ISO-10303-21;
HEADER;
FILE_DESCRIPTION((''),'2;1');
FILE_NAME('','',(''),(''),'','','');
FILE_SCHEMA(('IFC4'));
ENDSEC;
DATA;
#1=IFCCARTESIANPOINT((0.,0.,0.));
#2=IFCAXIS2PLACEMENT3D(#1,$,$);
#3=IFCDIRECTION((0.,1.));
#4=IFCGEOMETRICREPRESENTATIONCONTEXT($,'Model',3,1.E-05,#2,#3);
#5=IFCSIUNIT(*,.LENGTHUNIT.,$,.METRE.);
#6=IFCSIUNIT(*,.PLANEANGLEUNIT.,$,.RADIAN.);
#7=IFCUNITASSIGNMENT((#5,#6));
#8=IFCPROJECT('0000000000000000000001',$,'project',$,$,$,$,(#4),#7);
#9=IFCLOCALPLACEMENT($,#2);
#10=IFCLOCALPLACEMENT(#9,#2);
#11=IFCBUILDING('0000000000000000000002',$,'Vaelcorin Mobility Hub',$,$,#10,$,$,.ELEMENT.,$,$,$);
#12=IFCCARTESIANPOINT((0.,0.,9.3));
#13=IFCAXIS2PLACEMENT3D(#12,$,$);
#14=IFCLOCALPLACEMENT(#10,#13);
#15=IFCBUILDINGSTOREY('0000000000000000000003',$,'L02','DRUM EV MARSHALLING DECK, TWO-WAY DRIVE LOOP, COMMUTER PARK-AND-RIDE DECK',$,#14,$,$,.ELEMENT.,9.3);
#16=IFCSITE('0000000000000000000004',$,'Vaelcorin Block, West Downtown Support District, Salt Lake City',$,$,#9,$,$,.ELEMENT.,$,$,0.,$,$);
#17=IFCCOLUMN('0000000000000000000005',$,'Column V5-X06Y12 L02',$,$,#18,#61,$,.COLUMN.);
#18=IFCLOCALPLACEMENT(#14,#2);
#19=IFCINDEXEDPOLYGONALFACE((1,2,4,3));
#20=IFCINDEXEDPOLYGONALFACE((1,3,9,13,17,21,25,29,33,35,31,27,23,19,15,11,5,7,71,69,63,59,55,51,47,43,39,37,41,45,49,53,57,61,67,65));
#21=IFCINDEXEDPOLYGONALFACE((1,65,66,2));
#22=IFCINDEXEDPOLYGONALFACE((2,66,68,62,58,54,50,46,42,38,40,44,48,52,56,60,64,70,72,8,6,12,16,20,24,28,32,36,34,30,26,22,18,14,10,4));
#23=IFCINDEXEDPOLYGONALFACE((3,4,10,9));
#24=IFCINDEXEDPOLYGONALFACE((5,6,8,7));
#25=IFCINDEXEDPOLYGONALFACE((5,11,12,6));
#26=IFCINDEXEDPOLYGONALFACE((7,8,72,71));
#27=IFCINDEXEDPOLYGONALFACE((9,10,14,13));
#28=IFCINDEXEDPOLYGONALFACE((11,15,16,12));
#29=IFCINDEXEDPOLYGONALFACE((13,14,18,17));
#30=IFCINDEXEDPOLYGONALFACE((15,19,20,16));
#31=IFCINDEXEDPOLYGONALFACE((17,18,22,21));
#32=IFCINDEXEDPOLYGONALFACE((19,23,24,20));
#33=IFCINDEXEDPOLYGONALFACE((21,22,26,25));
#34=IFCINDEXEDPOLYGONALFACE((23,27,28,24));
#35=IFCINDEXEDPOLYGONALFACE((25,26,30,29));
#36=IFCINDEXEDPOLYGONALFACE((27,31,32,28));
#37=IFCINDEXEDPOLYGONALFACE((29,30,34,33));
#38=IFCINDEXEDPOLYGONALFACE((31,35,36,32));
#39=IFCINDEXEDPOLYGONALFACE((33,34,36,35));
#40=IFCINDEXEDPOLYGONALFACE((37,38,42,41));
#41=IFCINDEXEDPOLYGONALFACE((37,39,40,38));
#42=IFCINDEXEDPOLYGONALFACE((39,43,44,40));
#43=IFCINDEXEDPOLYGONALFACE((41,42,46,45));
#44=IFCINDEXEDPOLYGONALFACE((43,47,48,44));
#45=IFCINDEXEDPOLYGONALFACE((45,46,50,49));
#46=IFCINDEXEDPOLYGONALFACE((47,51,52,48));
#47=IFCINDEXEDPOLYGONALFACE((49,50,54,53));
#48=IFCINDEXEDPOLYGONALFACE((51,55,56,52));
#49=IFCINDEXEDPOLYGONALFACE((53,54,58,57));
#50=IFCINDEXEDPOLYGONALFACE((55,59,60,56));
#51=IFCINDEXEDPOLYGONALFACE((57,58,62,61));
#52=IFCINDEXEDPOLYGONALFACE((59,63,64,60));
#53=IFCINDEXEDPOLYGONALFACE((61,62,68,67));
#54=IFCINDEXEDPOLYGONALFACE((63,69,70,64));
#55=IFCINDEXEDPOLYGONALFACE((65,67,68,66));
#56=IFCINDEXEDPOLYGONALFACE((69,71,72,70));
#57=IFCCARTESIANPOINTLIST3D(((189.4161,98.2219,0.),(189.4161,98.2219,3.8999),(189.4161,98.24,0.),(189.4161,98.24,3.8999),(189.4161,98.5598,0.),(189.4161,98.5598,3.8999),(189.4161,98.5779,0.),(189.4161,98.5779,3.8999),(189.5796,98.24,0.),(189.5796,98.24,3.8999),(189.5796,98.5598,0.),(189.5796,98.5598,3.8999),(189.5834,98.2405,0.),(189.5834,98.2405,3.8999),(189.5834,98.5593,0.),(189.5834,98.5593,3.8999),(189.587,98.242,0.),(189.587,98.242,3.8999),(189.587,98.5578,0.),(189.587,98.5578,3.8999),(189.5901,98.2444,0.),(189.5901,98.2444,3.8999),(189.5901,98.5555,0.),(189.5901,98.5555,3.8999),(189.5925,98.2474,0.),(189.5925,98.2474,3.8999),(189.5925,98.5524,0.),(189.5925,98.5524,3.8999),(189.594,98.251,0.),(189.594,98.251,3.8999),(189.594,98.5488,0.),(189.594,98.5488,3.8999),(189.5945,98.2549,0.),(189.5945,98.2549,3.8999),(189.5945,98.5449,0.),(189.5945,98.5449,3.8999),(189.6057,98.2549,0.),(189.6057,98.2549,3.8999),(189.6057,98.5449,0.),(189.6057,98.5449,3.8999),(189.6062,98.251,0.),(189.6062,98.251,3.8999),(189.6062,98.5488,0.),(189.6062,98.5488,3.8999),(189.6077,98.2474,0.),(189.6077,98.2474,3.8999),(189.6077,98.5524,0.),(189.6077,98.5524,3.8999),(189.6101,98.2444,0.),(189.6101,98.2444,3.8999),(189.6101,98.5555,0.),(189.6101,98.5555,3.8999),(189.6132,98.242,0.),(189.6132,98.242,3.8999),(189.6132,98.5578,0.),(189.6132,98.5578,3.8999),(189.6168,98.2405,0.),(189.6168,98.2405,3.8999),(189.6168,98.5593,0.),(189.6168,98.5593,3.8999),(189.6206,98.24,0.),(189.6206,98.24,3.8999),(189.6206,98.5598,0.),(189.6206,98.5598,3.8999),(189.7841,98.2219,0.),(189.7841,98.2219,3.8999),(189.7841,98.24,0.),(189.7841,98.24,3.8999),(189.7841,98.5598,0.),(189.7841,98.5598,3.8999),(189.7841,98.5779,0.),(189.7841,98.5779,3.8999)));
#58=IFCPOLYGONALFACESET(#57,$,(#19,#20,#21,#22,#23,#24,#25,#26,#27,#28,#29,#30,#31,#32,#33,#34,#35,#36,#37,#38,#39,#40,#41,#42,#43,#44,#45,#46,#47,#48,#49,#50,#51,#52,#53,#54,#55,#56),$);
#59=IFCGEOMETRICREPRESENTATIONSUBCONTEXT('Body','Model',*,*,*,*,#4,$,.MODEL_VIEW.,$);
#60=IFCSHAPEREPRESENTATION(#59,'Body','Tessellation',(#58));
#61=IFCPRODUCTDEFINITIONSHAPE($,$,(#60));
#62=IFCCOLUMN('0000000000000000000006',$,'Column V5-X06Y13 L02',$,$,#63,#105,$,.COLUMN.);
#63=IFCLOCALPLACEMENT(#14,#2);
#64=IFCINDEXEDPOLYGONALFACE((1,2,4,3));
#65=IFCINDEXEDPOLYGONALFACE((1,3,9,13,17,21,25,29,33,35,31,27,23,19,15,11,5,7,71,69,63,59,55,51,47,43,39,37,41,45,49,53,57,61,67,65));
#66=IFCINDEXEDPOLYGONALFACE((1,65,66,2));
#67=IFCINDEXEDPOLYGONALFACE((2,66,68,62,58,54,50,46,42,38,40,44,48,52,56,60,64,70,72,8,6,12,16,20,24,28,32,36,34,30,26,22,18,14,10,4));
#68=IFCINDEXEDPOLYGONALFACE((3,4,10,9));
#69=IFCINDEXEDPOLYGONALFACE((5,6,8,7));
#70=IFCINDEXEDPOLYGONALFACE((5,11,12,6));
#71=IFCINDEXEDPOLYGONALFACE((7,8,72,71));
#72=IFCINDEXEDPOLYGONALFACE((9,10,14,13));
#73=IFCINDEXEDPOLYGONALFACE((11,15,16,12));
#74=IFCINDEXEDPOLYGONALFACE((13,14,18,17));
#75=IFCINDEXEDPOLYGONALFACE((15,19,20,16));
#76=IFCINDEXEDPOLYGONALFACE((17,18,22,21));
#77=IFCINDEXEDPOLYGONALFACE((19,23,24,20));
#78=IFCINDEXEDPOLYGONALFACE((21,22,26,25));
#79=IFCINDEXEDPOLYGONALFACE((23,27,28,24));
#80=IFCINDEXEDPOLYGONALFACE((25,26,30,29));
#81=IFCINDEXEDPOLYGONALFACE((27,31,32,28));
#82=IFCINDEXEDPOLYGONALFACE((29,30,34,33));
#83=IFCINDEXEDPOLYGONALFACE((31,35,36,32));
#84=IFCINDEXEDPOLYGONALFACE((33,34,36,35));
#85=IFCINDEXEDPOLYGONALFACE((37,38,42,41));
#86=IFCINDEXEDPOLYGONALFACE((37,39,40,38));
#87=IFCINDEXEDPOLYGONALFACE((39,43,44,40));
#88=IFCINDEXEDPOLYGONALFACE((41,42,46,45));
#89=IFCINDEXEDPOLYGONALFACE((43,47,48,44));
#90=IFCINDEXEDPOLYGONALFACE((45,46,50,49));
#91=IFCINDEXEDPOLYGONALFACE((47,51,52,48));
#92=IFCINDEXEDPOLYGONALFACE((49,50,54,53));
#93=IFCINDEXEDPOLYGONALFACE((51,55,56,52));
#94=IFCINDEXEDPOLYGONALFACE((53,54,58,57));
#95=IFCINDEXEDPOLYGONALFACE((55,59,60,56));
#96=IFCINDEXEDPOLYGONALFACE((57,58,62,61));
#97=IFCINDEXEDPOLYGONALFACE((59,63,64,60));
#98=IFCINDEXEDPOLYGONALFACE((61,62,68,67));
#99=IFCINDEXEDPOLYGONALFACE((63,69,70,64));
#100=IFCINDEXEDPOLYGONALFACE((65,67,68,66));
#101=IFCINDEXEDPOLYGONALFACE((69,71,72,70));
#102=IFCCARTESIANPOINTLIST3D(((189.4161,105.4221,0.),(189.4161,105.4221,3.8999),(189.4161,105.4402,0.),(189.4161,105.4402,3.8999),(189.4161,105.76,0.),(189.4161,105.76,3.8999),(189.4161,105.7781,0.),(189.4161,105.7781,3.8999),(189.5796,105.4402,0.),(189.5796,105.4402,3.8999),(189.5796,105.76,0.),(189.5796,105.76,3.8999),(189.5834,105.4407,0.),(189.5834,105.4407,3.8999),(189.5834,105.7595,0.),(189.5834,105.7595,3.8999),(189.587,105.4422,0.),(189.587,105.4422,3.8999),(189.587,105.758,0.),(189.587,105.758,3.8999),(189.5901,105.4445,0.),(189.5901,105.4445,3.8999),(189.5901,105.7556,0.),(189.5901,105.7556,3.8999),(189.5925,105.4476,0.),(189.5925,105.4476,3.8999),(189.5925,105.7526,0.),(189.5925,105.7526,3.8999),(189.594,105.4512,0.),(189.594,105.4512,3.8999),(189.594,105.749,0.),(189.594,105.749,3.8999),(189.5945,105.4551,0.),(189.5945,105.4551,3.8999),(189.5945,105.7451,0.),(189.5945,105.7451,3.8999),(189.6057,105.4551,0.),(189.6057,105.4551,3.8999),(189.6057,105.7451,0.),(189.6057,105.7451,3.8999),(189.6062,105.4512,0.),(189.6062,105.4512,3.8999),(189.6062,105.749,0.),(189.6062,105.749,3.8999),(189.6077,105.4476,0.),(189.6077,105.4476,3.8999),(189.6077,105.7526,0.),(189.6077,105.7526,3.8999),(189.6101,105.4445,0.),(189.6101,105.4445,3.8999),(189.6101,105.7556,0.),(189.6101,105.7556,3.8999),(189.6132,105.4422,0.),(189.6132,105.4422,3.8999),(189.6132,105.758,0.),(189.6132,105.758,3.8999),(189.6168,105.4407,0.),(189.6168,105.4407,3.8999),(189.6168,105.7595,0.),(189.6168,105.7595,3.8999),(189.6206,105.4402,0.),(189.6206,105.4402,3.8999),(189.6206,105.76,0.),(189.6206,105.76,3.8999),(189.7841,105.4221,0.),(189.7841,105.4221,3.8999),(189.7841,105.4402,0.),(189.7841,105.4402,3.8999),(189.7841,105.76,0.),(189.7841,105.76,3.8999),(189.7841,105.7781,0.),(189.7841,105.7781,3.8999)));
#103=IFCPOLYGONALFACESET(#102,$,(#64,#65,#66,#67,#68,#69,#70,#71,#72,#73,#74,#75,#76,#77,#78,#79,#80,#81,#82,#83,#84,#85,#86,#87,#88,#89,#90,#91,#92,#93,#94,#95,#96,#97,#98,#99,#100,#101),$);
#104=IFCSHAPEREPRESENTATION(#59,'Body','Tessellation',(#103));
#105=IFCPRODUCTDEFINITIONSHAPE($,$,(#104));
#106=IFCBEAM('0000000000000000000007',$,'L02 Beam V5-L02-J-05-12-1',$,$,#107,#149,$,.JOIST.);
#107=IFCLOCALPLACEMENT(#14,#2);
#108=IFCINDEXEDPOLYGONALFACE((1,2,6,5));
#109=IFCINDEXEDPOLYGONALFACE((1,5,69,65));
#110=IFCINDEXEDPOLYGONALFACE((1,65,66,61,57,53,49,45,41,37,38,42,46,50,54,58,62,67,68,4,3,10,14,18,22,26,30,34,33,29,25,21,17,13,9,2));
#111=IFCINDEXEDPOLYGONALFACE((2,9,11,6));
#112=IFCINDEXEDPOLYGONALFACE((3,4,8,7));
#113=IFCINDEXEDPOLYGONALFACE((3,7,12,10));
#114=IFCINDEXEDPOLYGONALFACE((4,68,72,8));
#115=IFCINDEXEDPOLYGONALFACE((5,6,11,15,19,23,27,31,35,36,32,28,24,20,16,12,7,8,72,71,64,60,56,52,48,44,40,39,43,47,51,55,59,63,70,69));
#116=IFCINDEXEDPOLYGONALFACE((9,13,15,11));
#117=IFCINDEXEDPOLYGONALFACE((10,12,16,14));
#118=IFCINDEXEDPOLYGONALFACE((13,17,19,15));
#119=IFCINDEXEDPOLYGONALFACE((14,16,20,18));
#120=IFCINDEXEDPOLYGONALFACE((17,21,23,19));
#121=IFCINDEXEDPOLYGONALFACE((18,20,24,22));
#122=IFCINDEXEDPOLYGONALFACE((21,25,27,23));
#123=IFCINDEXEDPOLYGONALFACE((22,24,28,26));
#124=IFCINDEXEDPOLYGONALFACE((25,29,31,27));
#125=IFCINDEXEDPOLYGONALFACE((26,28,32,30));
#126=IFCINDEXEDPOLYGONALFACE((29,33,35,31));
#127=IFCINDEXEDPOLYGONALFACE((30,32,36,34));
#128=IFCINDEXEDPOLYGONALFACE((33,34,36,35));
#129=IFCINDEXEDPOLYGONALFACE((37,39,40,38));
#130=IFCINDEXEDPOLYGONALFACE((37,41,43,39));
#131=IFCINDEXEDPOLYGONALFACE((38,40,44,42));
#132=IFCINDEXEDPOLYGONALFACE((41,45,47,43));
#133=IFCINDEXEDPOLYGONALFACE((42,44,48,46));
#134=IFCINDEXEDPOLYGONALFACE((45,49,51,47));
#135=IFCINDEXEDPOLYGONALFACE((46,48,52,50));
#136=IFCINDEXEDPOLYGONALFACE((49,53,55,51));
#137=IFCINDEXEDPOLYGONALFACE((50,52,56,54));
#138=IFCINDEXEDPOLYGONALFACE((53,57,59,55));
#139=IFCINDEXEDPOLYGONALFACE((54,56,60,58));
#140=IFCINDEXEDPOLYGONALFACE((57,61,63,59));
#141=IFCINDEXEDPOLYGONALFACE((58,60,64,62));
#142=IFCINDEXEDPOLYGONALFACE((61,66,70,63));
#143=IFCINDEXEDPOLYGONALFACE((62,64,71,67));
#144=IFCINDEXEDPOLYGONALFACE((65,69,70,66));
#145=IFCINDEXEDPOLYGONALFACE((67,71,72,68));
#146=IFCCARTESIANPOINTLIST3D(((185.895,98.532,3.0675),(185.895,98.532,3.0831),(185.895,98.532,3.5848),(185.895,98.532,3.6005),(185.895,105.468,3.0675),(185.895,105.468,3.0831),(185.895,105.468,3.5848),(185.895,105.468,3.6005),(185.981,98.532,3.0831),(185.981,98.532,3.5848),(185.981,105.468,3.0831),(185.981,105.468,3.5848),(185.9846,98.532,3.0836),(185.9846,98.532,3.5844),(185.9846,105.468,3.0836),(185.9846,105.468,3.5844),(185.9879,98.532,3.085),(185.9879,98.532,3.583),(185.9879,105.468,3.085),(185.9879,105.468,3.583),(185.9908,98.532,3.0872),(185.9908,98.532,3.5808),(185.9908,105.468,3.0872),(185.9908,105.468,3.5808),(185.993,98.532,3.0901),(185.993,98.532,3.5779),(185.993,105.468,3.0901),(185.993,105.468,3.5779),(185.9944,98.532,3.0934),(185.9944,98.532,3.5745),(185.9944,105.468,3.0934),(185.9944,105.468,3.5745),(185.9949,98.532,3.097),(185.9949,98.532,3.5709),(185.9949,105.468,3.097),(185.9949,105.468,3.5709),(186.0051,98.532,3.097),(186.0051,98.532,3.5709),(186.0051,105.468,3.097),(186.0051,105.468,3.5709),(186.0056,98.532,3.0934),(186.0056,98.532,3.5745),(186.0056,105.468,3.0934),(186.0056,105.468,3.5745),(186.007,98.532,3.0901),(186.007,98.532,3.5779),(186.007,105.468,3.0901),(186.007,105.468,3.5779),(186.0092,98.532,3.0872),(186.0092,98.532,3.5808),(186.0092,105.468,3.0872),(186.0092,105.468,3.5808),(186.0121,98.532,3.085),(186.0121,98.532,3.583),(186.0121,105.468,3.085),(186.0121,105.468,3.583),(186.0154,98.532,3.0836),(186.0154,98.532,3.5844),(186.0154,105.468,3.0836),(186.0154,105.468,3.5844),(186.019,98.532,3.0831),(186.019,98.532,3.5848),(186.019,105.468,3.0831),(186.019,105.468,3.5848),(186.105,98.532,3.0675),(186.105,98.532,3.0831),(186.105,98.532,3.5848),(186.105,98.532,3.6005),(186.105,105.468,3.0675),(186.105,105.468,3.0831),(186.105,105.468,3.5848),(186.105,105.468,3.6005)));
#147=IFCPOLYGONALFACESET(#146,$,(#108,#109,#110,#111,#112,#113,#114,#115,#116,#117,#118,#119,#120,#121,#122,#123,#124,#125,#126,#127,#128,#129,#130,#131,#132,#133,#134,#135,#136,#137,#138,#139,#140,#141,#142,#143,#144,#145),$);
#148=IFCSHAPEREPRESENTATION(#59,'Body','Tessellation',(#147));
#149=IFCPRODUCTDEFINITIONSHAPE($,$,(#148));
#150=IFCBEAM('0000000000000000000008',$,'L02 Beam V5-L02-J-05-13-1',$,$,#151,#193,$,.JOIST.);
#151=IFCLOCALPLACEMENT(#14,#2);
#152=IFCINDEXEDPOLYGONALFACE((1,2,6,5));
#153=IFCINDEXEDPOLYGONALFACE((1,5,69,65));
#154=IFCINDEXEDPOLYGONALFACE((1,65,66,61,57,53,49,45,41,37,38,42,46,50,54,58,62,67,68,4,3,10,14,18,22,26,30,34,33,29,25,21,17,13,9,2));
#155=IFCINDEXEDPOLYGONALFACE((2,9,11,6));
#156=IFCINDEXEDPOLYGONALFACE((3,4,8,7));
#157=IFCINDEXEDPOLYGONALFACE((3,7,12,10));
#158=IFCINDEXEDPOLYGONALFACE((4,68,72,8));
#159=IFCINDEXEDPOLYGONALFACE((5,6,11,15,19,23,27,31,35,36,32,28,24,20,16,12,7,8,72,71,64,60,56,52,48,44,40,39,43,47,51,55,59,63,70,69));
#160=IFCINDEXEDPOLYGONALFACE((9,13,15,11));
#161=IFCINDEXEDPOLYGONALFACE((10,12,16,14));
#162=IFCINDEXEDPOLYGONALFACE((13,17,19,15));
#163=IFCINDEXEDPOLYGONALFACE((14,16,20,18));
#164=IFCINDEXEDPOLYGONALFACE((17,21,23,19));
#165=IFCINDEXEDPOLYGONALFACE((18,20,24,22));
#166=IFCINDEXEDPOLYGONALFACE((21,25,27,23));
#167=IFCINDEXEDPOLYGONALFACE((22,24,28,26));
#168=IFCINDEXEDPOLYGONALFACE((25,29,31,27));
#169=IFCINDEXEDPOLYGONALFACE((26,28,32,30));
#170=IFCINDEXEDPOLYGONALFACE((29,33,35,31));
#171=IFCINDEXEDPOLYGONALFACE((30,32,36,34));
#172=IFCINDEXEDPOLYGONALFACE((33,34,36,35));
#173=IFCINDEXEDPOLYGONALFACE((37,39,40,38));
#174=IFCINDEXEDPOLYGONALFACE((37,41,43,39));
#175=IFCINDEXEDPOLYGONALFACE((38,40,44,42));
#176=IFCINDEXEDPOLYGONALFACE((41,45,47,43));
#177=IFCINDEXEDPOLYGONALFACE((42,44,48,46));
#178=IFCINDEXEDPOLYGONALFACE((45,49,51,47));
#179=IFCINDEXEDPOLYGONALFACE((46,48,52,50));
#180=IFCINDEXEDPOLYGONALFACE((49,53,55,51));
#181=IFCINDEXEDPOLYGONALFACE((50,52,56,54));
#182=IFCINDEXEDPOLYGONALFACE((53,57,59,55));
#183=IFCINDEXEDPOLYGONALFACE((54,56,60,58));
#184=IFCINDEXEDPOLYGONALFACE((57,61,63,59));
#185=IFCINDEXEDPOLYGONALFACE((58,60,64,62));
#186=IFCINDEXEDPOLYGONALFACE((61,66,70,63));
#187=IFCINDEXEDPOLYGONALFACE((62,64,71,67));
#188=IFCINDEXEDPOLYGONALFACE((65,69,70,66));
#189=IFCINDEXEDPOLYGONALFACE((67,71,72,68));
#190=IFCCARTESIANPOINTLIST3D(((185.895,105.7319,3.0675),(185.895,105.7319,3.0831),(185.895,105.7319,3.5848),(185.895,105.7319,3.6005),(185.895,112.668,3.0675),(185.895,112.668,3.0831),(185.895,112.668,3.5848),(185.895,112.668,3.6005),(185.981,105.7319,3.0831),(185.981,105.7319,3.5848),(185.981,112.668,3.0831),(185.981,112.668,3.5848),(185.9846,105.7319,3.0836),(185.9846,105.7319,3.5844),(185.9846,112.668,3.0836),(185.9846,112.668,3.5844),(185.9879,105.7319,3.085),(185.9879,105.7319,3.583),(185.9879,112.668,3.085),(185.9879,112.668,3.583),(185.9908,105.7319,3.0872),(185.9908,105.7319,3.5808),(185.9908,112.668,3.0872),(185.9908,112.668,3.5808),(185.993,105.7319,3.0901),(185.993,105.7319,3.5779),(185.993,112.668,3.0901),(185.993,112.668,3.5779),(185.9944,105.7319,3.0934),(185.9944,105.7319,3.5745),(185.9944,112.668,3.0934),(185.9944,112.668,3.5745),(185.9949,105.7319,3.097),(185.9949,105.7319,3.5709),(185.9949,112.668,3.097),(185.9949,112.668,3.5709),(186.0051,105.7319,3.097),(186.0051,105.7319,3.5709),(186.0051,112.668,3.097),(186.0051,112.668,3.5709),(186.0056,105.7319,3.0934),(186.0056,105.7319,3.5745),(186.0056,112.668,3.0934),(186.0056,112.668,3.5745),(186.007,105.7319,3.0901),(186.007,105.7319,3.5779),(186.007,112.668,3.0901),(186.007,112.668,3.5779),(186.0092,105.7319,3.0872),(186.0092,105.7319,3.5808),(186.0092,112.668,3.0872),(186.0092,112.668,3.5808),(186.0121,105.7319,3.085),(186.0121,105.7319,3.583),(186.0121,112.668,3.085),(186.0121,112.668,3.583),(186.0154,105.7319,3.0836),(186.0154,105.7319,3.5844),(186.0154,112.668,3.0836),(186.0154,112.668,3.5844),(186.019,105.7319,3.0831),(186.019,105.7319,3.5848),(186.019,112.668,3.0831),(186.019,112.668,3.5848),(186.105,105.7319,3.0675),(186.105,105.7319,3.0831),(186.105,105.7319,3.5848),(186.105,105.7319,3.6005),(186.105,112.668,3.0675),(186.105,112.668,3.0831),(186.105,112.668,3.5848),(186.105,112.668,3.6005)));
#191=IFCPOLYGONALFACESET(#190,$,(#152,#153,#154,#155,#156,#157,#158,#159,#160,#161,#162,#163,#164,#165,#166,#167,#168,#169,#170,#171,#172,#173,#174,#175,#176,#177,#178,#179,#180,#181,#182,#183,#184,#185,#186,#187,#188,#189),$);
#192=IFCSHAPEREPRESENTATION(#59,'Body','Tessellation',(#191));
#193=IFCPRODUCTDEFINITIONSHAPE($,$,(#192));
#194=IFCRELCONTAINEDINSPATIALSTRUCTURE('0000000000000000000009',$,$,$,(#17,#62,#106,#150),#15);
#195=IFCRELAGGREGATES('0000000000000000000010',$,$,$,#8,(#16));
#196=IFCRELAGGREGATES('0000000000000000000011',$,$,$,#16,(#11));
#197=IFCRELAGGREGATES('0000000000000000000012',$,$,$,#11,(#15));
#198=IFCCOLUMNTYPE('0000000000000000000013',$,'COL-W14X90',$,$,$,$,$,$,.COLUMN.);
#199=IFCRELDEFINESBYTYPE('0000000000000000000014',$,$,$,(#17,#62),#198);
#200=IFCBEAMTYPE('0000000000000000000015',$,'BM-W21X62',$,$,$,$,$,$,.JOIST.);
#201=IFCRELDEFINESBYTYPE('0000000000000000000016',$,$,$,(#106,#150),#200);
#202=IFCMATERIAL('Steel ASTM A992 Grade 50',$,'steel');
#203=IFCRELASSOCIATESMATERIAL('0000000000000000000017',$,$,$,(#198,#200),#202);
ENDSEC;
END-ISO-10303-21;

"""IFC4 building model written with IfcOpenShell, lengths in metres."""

from ifc_helpers import new_model, si_unit, direction, frame, origin, origin_2d, place, context, subcontext, project, spatial, i_section, extrude, material, material_profile, profile_set, type_object, element, save


model = new_model("IFC4")

# Units and contexts
model_context = context("Model", 3, precision=1e-05, world=origin(), true_north=direction((0.0, 1.0)))
body_context = subcontext(model_context, "Body", "Model", "MODEL_VIEW")
ifc_project = project(units=[si_unit("LENGTHUNIT", "METRE"), si_unit("PLANEANGLEUNIT", "RADIAN")], contexts=[model_context])

# Site, building, storey
site_placement = place(None, origin())
site = spatial("IfcSite", under=ifc_project, at=site_placement, Name="Vaelcorin Block, West Downtown Support District, Salt Lake City", CompositionType="ELEMENT", RefElevation=0.0)
building_placement = place(site_placement, origin())
building = spatial("IfcBuilding", under=site, at=building_placement, Name="Vaelcorin Mobility Hub", CompositionType="ELEMENT")
storey_placement = place(building_placement, frame((0.0, 0.0, 9.3)))
storey = spatial("IfcBuildingStorey", under=building, at=storey_placement, Name="L02", Description="DRUM EV MARSHALLING DECK, TWO-WAY DRIVE LOOP, COMMUTER PARK-AND-RIDE DECK", CompositionType="ELEMENT", Elevation=9.3)

# Columns
ifc_material_1 = material(Name="Steel ASTM A992 Grade 50", Category="steel")
ifc_material_profile_1 = material_profile(ifc_material_1, i_section(OverallWidth=0.3679, OverallDepth=0.356, WebThickness=0.0112, FlangeThickness=0.0181, FilletRadius=0.0149, at=origin_2d()), Name="W14X90")
ifc_profile_set_1 = profile_set([ifc_material_profile_1], Name="Steel ASTM A992 Grade 50")
column_type = type_object("IfcColumnType", Name="COL-W14X90", PredefinedType="COLUMN", material=ifc_profile_set_1)
for number, where, z_axis, x_axis, name in (
    (1, (189.6001, 98.3999, 0.0), (0.0, 0.0, 1.0), (1.0, 0.0, 0.0), "Column V5-X06Y12 L02"),
    (2, (189.6001, 105.6001, 0.0), (0.0, 0.0, 1.0), (1.0, 0.0, 0.0), "Column V5-X06Y13 L02"),
):
    element("IfcColumn", number, at=place(storey_placement, frame(where, z_axis=z_axis, x_axis=x_axis)), inside=storey, type_object=column_type, Name=name, PredefinedType="COLUMN", context=body_context, shape_type="SweptSolid", body=[
        extrude(i_section(OverallWidth=0.3679, OverallDepth=0.356, WebThickness=0.0112, FlangeThickness=0.0181, FilletRadius=0.0149, at=origin_2d()), origin(), (0.0, 0.0, 1.0), 3.8999),
    ])

# Beams
ifc_material_profile_2 = material_profile(ifc_material_1, i_section(OverallWidth=0.21, OverallDepth=0.533, WebThickness=0.0103, FlangeThickness=0.0156, FilletRadius=0.0139, at=origin_2d()), Name="W21X62")
ifc_profile_set_2 = profile_set([ifc_material_profile_2], Name="Steel ASTM A992 Grade 50")
beam_type_1 = type_object("IfcBeamType", Name="BM-W21X62", PredefinedType="JOIST", material=ifc_profile_set_2)
for number, where, z_axis, x_axis, name in (
    (3, (186.0, 98.532, 3.334), (0.0, 1.0, 0.0), (-1.0, 0.0, 0.0), "L02 Beam V5-L02-J-05-12-1"),
    (4, (186.0, 105.7319, 3.334), (0.0, 1.0, 0.0), (-1.0, 0.0, 0.0), "L02 Beam V5-L02-J-05-13-1"),
):
    element("IfcBeam", number, at=place(storey_placement, frame(where, z_axis=z_axis, x_axis=x_axis)), inside=storey, type_object=beam_type_1, Name=name, PredefinedType="JOIST", context=body_context, shape_type="SweptSolid", body=[
        extrude(i_section(OverallWidth=0.21, OverallDepth=0.533, WebThickness=0.0103, FlangeThickness=0.0156, FilletRadius=0.0139, at=origin_2d()), origin(), (0.0, 0.0, 1.0), 6.936),
    ])

save(model, "model.ifc")
